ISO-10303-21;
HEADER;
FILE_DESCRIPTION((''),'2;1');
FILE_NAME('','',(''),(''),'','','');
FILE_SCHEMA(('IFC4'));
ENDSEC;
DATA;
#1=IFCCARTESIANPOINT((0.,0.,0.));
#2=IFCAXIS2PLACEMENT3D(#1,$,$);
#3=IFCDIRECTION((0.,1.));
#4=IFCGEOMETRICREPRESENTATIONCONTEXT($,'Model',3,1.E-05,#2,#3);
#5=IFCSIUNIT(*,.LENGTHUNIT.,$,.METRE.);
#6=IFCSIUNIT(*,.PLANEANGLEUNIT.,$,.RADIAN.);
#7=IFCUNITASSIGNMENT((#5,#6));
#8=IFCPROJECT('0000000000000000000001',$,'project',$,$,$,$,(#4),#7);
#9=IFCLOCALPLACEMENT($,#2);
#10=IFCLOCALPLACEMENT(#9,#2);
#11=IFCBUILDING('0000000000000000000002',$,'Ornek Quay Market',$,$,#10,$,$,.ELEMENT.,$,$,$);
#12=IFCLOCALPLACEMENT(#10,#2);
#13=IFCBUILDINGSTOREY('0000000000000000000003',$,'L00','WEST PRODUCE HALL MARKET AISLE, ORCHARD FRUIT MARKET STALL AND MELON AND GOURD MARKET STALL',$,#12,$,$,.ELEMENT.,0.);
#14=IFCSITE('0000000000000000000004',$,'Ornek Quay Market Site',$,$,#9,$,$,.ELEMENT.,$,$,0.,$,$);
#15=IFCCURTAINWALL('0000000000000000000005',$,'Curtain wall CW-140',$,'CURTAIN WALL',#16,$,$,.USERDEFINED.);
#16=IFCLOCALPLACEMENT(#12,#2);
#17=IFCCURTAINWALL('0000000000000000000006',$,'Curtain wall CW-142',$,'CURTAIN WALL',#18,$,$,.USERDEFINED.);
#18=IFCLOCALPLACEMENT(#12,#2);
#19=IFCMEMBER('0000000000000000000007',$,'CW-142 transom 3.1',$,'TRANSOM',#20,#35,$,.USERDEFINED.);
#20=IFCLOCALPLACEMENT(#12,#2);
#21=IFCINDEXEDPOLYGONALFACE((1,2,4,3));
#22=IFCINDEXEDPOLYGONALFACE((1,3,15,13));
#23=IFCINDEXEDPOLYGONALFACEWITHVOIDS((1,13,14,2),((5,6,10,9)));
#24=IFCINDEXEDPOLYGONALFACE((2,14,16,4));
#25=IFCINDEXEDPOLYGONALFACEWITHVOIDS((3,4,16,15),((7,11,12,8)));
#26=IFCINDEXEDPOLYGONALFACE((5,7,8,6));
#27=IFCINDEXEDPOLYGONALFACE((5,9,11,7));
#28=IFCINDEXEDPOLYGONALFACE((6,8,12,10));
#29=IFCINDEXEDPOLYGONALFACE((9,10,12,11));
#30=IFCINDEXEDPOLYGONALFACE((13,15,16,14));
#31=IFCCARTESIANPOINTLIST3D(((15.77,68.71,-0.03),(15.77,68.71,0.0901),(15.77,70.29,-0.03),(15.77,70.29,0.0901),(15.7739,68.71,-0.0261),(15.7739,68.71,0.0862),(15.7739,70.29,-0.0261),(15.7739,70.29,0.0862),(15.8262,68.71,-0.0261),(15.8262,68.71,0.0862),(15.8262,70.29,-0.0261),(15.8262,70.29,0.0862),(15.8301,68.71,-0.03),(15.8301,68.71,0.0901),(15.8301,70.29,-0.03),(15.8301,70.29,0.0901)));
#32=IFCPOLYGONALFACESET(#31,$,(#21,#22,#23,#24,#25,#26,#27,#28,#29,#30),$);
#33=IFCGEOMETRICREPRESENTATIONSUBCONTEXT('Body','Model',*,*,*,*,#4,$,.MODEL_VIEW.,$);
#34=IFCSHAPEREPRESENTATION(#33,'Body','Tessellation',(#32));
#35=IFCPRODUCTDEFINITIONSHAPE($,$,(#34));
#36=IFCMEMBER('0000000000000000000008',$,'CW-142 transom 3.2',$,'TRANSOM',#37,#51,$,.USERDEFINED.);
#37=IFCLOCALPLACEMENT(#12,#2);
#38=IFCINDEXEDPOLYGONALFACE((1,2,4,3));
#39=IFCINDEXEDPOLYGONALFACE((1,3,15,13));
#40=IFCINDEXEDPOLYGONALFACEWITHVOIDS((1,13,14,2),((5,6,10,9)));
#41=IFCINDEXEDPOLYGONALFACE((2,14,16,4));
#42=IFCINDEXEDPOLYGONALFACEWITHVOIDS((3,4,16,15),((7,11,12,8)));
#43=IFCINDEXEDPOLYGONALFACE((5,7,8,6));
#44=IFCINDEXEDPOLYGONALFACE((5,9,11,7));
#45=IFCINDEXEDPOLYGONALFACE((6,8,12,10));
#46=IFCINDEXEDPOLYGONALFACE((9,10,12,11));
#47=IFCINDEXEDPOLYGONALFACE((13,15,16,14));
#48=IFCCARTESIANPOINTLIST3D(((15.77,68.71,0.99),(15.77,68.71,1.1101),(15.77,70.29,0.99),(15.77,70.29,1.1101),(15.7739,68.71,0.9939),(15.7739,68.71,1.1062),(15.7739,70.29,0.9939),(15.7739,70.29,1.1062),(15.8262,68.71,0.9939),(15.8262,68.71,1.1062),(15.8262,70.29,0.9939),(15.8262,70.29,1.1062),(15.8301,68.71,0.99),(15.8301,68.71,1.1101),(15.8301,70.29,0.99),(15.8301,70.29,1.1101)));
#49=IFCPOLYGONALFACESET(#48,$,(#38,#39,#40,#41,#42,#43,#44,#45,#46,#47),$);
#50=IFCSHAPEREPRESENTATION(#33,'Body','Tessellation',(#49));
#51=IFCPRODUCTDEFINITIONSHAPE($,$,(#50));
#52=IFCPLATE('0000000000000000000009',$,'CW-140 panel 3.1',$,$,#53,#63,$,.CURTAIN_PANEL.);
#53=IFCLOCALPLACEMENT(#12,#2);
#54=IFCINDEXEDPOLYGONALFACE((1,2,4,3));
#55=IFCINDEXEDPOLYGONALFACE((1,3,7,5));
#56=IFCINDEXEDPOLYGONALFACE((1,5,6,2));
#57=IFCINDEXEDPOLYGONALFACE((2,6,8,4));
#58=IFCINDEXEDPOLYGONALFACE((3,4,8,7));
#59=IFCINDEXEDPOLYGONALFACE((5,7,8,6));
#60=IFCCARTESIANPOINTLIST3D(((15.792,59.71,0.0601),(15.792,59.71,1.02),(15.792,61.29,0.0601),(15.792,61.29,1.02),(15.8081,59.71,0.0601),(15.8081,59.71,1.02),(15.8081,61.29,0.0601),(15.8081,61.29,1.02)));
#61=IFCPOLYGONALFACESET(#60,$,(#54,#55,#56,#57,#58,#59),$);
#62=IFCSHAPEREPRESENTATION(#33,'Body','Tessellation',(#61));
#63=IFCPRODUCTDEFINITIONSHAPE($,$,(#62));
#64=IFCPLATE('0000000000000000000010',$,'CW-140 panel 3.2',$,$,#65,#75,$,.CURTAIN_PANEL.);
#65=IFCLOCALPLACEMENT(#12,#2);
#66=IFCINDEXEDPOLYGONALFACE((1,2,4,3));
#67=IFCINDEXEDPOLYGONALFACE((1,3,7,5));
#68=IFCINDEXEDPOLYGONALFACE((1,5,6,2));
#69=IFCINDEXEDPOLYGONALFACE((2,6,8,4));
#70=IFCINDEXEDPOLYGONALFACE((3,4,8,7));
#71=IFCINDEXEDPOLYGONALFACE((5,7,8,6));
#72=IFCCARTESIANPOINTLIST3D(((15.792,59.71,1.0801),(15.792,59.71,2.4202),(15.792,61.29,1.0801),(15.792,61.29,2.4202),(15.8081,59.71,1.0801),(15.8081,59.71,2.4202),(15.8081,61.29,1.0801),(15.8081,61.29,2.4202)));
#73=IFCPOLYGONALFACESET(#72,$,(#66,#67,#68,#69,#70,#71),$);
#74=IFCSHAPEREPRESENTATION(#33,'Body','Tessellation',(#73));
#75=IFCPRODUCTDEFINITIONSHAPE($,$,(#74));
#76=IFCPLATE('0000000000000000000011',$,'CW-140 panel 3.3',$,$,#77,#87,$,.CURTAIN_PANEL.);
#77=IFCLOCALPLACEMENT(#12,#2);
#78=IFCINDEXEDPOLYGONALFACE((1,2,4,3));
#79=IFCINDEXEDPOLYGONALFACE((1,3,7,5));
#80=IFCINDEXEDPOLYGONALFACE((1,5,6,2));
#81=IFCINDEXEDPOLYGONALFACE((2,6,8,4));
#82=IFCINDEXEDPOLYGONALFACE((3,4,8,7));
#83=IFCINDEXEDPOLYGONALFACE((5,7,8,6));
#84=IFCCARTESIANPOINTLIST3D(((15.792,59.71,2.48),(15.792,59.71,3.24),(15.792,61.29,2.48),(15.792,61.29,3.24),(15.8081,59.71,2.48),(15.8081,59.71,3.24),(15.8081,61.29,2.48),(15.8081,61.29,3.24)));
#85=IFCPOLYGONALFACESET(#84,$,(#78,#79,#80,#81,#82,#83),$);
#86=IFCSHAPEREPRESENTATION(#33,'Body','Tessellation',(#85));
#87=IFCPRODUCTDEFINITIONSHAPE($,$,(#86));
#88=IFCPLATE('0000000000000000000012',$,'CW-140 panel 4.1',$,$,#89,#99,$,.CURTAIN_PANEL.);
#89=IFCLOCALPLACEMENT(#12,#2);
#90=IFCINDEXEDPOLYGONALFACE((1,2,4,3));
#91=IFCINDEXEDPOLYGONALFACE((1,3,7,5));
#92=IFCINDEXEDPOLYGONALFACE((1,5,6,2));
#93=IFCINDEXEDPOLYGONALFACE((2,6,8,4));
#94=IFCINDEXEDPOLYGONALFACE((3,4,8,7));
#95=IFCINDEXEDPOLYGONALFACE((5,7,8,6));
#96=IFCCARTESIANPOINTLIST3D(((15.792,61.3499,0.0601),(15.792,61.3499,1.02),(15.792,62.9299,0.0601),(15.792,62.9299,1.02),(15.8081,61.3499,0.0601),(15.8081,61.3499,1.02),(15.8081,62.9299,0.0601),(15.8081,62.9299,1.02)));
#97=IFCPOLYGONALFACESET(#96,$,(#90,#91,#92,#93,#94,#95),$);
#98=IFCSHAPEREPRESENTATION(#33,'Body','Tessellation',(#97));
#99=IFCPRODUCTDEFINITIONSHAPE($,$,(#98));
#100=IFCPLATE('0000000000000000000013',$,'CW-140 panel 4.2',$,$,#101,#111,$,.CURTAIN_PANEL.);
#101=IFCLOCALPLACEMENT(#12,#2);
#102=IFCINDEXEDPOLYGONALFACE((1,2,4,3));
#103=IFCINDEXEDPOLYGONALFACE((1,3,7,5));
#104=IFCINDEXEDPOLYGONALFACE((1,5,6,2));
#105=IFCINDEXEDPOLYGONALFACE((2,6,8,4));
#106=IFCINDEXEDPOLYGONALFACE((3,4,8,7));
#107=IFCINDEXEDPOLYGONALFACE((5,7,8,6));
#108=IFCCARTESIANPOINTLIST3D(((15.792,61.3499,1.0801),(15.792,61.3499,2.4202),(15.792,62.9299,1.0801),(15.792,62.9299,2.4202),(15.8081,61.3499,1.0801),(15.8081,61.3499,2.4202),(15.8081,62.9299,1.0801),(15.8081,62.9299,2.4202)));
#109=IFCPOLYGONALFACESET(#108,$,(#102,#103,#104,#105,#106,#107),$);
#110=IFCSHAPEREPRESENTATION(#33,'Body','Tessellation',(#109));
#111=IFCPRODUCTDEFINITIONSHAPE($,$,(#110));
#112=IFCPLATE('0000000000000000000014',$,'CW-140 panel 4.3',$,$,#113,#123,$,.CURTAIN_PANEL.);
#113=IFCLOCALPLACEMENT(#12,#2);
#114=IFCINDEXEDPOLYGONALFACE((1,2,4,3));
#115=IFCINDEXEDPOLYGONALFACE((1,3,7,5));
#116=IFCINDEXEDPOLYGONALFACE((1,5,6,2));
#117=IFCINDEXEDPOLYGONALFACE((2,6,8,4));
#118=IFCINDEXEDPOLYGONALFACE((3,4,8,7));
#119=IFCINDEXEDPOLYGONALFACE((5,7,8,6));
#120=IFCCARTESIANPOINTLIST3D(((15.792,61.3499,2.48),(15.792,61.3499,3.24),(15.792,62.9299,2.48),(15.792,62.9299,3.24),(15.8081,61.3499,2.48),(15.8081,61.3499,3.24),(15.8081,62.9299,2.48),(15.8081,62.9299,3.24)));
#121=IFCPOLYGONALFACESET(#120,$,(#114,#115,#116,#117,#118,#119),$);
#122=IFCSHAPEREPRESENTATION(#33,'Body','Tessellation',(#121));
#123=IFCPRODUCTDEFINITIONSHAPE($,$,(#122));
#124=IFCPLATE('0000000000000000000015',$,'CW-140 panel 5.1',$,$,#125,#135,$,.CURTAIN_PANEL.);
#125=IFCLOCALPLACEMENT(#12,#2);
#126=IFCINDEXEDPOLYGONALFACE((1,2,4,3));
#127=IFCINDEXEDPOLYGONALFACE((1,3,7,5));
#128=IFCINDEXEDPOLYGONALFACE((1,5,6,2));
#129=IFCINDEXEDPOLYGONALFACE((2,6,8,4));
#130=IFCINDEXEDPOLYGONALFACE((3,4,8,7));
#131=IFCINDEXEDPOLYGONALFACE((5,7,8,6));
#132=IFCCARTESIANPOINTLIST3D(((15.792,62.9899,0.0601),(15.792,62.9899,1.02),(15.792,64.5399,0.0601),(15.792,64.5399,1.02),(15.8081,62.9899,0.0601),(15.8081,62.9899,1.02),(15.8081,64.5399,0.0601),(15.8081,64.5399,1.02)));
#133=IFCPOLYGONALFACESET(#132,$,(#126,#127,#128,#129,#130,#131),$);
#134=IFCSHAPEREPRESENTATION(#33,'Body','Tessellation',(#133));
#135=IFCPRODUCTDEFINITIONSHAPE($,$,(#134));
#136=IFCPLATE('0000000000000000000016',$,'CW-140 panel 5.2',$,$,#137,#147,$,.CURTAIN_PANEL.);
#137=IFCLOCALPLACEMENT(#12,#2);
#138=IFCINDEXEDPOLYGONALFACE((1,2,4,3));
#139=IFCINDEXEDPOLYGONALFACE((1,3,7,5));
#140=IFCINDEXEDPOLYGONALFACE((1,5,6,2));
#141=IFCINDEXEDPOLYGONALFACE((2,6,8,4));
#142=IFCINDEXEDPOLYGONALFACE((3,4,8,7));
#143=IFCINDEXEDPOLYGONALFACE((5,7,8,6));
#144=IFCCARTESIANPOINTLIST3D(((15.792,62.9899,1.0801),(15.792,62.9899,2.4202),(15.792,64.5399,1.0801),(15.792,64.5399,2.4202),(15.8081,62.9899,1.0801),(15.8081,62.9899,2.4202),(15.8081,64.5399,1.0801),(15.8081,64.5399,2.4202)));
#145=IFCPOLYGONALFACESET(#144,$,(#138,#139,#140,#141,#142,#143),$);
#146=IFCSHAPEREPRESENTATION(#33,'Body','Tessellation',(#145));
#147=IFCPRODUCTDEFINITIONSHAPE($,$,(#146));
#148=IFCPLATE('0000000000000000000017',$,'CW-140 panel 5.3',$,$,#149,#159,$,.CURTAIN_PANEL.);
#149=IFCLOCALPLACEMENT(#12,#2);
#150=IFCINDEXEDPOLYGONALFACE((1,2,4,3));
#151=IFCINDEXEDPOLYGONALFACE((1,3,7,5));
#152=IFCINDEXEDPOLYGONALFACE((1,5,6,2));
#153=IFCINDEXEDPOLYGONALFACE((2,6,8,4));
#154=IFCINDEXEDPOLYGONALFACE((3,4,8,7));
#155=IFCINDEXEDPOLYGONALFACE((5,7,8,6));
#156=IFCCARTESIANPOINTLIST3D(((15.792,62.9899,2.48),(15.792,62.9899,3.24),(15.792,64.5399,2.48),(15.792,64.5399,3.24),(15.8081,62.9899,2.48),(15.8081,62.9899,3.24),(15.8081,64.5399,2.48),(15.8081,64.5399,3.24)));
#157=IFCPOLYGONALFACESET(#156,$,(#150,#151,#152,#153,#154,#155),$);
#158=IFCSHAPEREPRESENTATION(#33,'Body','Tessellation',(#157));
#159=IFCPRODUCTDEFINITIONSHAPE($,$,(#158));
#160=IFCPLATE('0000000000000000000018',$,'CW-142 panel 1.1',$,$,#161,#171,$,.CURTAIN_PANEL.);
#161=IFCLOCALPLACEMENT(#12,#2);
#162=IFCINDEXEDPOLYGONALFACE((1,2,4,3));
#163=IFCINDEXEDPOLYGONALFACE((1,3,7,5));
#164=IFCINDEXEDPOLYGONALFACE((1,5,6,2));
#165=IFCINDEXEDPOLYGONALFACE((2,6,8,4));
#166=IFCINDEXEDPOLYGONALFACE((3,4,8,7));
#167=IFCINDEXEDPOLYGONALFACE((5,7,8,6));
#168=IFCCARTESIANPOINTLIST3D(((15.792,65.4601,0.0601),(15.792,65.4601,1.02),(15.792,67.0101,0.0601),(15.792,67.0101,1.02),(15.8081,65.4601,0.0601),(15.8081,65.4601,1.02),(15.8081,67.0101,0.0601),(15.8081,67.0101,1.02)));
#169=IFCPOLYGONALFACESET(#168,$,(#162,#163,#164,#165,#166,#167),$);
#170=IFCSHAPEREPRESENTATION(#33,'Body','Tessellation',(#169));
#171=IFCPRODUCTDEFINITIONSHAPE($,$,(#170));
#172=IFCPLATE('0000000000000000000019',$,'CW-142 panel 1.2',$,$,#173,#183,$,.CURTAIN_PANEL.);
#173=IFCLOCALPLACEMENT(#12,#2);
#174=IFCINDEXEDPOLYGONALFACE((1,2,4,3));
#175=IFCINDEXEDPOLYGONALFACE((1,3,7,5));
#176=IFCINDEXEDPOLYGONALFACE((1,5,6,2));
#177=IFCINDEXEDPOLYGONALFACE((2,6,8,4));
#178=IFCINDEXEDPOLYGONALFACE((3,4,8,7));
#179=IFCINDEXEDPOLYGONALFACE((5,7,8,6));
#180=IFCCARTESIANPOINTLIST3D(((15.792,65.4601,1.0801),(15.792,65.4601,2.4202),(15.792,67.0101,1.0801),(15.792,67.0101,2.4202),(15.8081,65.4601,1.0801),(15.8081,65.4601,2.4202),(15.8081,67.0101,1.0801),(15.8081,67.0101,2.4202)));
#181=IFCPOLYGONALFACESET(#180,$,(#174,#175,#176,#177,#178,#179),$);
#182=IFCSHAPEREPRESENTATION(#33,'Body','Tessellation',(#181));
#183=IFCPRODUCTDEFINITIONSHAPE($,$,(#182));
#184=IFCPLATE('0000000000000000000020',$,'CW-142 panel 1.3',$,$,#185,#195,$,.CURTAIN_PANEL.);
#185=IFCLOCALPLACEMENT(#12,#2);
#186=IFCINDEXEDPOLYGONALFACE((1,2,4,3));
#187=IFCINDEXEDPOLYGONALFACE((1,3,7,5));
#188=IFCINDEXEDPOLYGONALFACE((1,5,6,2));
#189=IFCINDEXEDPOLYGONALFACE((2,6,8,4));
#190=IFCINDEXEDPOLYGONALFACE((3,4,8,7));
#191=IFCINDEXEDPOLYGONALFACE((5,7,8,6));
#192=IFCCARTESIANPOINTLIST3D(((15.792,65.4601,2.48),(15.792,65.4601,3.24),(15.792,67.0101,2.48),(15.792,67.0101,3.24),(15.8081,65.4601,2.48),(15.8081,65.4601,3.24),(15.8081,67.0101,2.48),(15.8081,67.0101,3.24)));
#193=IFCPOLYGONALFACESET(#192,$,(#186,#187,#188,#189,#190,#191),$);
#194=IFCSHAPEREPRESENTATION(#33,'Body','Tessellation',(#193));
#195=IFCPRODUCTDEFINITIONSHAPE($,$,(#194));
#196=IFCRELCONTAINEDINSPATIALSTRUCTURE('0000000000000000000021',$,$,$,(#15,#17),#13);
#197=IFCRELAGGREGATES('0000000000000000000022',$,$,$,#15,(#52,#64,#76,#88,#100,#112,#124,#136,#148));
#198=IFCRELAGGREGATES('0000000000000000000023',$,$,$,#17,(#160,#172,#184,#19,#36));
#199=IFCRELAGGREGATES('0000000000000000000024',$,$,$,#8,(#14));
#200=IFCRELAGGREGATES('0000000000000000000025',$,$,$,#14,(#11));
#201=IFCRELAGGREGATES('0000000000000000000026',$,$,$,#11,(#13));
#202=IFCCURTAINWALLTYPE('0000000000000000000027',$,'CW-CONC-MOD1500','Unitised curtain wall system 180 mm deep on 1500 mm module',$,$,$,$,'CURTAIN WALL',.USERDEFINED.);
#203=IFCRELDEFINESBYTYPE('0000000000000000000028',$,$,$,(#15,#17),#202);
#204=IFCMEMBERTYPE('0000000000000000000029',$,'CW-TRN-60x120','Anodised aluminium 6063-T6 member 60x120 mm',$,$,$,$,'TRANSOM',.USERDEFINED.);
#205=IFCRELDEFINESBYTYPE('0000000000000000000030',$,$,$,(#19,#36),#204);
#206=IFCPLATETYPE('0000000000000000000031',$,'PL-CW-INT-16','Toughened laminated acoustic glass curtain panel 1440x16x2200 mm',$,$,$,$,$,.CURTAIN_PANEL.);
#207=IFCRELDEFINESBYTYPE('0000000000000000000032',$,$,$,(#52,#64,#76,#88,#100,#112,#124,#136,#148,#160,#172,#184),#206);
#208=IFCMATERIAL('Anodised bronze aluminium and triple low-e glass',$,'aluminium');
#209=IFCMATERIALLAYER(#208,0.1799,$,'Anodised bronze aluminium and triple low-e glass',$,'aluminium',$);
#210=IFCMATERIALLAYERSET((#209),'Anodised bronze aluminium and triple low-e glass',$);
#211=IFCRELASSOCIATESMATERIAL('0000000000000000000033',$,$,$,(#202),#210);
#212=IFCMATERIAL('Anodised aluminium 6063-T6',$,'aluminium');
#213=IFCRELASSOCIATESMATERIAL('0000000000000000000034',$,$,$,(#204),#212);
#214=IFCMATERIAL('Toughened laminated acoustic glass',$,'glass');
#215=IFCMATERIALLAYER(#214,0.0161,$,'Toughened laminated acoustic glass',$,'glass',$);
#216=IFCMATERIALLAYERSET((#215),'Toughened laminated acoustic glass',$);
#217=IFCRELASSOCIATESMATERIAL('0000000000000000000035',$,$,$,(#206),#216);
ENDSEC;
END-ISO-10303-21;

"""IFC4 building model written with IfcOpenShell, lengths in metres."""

from ifc_helpers import new_model, si_unit, direction, frame, origin, origin_2d, place, context, subcontext, project, spatial, rectangle, hollow_rectangle, extrude, material, layer, layer_set, material_profile, profile_set, type_object, element, aggregate, save


model = new_model("IFC4")

# Units and contexts
model_context = context("Model", 3, precision=1e-05, world=origin(), true_north=direction((0.0, 1.0)))
body_context = subcontext(model_context, "Body", "Model", "MODEL_VIEW")
ifc_project = project(units=[si_unit("LENGTHUNIT", "METRE"), si_unit("PLANEANGLEUNIT", "RADIAN")], contexts=[model_context])

# Site, building, storey
site_placement = place(None, origin())
site = spatial("IfcSite", under=ifc_project, at=site_placement, Name="Ornek Quay Market Site", CompositionType="ELEMENT", RefElevation=0.0)
building_placement = place(site_placement, origin())
building = spatial("IfcBuilding", under=site, at=building_placement, Name="Ornek Quay Market", CompositionType="ELEMENT")
storey_placement = place(building_placement, origin())
storey = spatial("IfcBuildingStorey", under=building, at=storey_placement, Name="L00", Description="WEST PRODUCE HALL MARKET AISLE, ORCHARD FRUIT MARKET STALL AND MELON AND GOURD MARKET STALL", CompositionType="ELEMENT", Elevation=0.0)

# Curtain walls
ifc_material_1 = material(Name="Anodised bronze aluminium and triple low-e glass", Category="aluminium")
ifc_layer_1 = layer(ifc_material_1, 0.1799, Name="Anodised bronze aluminium and triple low-e glass", Category="aluminium")
ifc_layer_set_1 = layer_set([ifc_layer_1], Name="Anodised bronze aluminium and triple low-e glass")
curtain_wall_type = type_object("IfcCurtainWallType", Name="CW-CONC-MOD1500", Description="Unitised curtain wall system 180 mm deep on 1500 mm module", ElementType="CURTAIN WALL", PredefinedType="USERDEFINED", material=ifc_layer_set_1)
curtain_wall_1_placement = place(storey_placement, origin())
curtain_wall_1 = element("IfcCurtainWall", 1, at=curtain_wall_1_placement, inside=storey, type_object=curtain_wall_type, Name="Curtain wall CW-140", ObjectType="CURTAIN WALL", PredefinedType="USERDEFINED")
ifc_material_2 = material(Name="Anodised aluminium 6063-T6", Category="aluminium")
curtain_wall_2_placement = place(storey_placement, origin())
curtain_wall_2 = element("IfcCurtainWall", 2, at=curtain_wall_2_placement, inside=storey, type_object=curtain_wall_type, Name="Curtain wall CW-142", ObjectType="CURTAIN WALL", PredefinedType="USERDEFINED")

# Members
ifc_material_profile_1 = material_profile(ifc_material_2, hollow_rectangle(XDim=0.0601, YDim=0.1201, WallThickness=0.0039, at=origin_2d()), Name="CW-TRN-60x120", Category="aluminium")
ifc_profile_set_1 = profile_set([ifc_material_profile_1], Name="Anodised aluminium 6063-T6")
member_type_1 = type_object("IfcMemberType", Name="CW-TRN-60x120", Description="Anodised aluminium 6063-T6 member 60x120 mm", ElementType="TRANSOM", PredefinedType="USERDEFINED", material=ifc_profile_set_1)
member_1_placement = place(storey_placement, frame((15.8, 68.71, 0.03), z_axis=(0.0, 1.0, 0.0), x_axis=(-1.0, 0.0, 0.0)))
member_1 = element("IfcMember", 3, at=member_1_placement, type_object=member_type_1, Name="CW-142 transom 3.1", ObjectType="TRANSOM", PredefinedType="USERDEFINED", context=body_context, shape_type="SweptSolid", body=[
    extrude(hollow_rectangle(XDim=0.0601, YDim=0.1201, WallThickness=0.0039, at=origin_2d()), origin(), (0.0, 0.0, 1.0), 1.5801),
])
member_2_placement = place(storey_placement, frame((15.8, 68.71, 1.05), z_axis=(0.0, 1.0, 0.0), x_axis=(-1.0, 0.0, 0.0)))
member_2 = element("IfcMember", 4, at=member_2_placement, type_object=member_type_1, Name="CW-142 transom 3.2", ObjectType="TRANSOM", PredefinedType="USERDEFINED", context=body_context, shape_type="SweptSolid", body=[
    extrude(hollow_rectangle(XDim=0.0601, YDim=0.1201, WallThickness=0.0039, at=origin_2d()), origin(), (0.0, 0.0, 1.0), 1.5801),
])

# Plates
ifc_material_3 = material(Name="Toughened laminated acoustic glass", Category="glass")
ifc_layer_2 = layer(ifc_material_3, 0.0161, Name="Toughened laminated acoustic glass", Category="glass")
ifc_layer_set_2 = layer_set([ifc_layer_2], Name="Toughened laminated acoustic glass")
plate_type = type_object("IfcPlateType", Name="PL-CW-INT-16", Description="Toughened laminated acoustic glass curtain panel 1440x16x2200 mm", PredefinedType="CURTAIN_PANEL", material=ifc_layer_set_2)
plate_1_placement = place(storey_placement, frame((15.8, 60.5, 0.0601), z_axis=(0.0, 0.0, 1.0), x_axis=(0.0, 1.0, 0.0)))
plate_1 = element("IfcPlate", 5, at=plate_1_placement, type_object=plate_type, Name="CW-140 panel 3.1", PredefinedType="CURTAIN_PANEL", context=body_context, shape_type="SweptSolid", body=[
    extrude(rectangle(XDim=1.5801, YDim=0.0161, at=origin_2d()), origin(), (0.0, 0.0, 1.0), 0.96),
])
plate_2_placement = place(storey_placement, frame((15.8, 60.5, 1.0801), z_axis=(0.0, 0.0, 1.0), x_axis=(0.0, 1.0, 0.0)))
plate_2 = element("IfcPlate", 6, at=plate_2_placement, type_object=plate_type, Name="CW-140 panel 3.2", PredefinedType="CURTAIN_PANEL", context=body_context, shape_type="SweptSolid", body=[
    extrude(rectangle(XDim=1.5801, YDim=0.0161, at=origin_2d()), origin(), (0.0, 0.0, 1.0), 1.3401),
])
plate_3_placement = place(storey_placement, frame((15.8, 60.5, 2.48), z_axis=(0.0, 0.0, 1.0), x_axis=(0.0, 1.0, 0.0)))
plate_3 = element("IfcPlate", 7, at=plate_3_placement, type_object=plate_type, Name="CW-140 panel 3.3", PredefinedType="CURTAIN_PANEL", context=body_context, shape_type="SweptSolid", body=[
    extrude(rectangle(XDim=1.5801, YDim=0.0161, at=origin_2d()), origin(), (0.0, 0.0, 1.0), 0.76),
])
plate_4_placement = place(storey_placement, frame((15.8, 62.1399, 0.0601), z_axis=(0.0, 0.0, 1.0), x_axis=(0.0, 1.0, 0.0)))
plate_4 = element("IfcPlate", 8, at=plate_4_placement, type_object=plate_type, Name="CW-140 panel 4.1", PredefinedType="CURTAIN_PANEL", context=body_context, shape_type="SweptSolid", body=[
    extrude(rectangle(XDim=1.5801, YDim=0.0161, at=origin_2d()), origin(), (0.0, 0.0, 1.0), 0.96),
])
plate_5_placement = place(storey_placement, frame((15.8, 62.1399, 1.0801), z_axis=(0.0, 0.0, 1.0), x_axis=(0.0, 1.0, 0.0)))
plate_5 = element("IfcPlate", 9, at=plate_5_placement, type_object=plate_type, Name="CW-140 panel 4.2", PredefinedType="CURTAIN_PANEL", context=body_context, shape_type="SweptSolid", body=[
    extrude(rectangle(XDim=1.5801, YDim=0.0161, at=origin_2d()), origin(), (0.0, 0.0, 1.0), 1.3401),
])
plate_6_placement = place(storey_placement, frame((15.8, 62.1399, 2.48), z_axis=(0.0, 0.0, 1.0), x_axis=(0.0, 1.0, 0.0)))
plate_6 = element("IfcPlate", 10, at=plate_6_placement, type_object=plate_type, Name="CW-140 panel 4.3", PredefinedType="CURTAIN_PANEL", context=body_context, shape_type="SweptSolid", body=[
    extrude(rectangle(XDim=1.5801, YDim=0.0161, at=origin_2d()), origin(), (0.0, 0.0, 1.0), 0.76),
])
plate_7_placement = place(storey_placement, frame((15.8, 63.7649, 0.0601), z_axis=(0.0, 0.0, 1.0), x_axis=(0.0, 1.0, 0.0)))
plate_7 = element("IfcPlate", 11, at=plate_7_placement, type_object=plate_type, Name="CW-140 panel 5.1", PredefinedType="CURTAIN_PANEL", context=body_context, shape_type="SweptSolid", body=[
    extrude(rectangle(XDim=1.55, YDim=0.0161, at=origin_2d()), origin(), (0.0, 0.0, 1.0), 0.96),
])
plate_8_placement = place(storey_placement, frame((15.8, 63.7649, 1.0801), z_axis=(0.0, 0.0, 1.0), x_axis=(0.0, 1.0, 0.0)))
plate_8 = element("IfcPlate", 12, at=plate_8_placement, type_object=plate_type, Name="CW-140 panel 5.2", PredefinedType="CURTAIN_PANEL", context=body_context, shape_type="SweptSolid", body=[
    extrude(rectangle(XDim=1.55, YDim=0.0161, at=origin_2d()), origin(), (0.0, 0.0, 1.0), 1.3401),
])
plate_9_placement = place(storey_placement, frame((15.8, 63.7649, 2.48), z_axis=(0.0, 0.0, 1.0), x_axis=(0.0, 1.0, 0.0)))
plate_9 = element("IfcPlate", 13, at=plate_9_placement, type_object=plate_type, Name="CW-140 panel 5.3", PredefinedType="CURTAIN_PANEL", context=body_context, shape_type="SweptSolid", body=[
    extrude(rectangle(XDim=1.55, YDim=0.0161, at=origin_2d()), origin(), (0.0, 0.0, 1.0), 0.76),
])
aggregate(curtain_wall_1, [plate_1, plate_2, plate_3, plate_4, plate_5, plate_6, plate_7, plate_8, plate_9])
plate_10_placement = place(storey_placement, frame((15.8, 66.2351, 0.0601), z_axis=(0.0, 0.0, 1.0), x_axis=(0.0, 1.0, 0.0)))
plate_10 = element("IfcPlate", 14, at=plate_10_placement, type_object=plate_type, Name="CW-142 panel 1.1", PredefinedType="CURTAIN_PANEL", context=body_context, shape_type="SweptSolid", body=[
    extrude(rectangle(XDim=1.55, YDim=0.0161, at=origin_2d()), origin(), (0.0, 0.0, 1.0), 0.96),
])
plate_11_placement = place(storey_placement, frame((15.8, 66.2351, 1.0801), z_axis=(0.0, 0.0, 1.0), x_axis=(0.0, 1.0, 0.0)))
plate_11 = element("IfcPlate", 15, at=plate_11_placement, type_object=plate_type, Name="CW-142 panel 1.2", PredefinedType="CURTAIN_PANEL", context=body_context, shape_type="SweptSolid", body=[
    extrude(rectangle(XDim=1.55, YDim=0.0161, at=origin_2d()), origin(), (0.0, 0.0, 1.0), 1.3401),
])
plate_12_placement = place(storey_placement, frame((15.8, 66.2351, 2.48), z_axis=(0.0, 0.0, 1.0), x_axis=(0.0, 1.0, 0.0)))
plate_12 = element("IfcPlate", 16, at=plate_12_placement, type_object=plate_type, Name="CW-142 panel 1.3", PredefinedType="CURTAIN_PANEL", context=body_context, shape_type="SweptSolid", body=[
    extrude(rectangle(XDim=1.55, YDim=0.0161, at=origin_2d()), origin(), (0.0, 0.0, 1.0), 0.76),
])
aggregate(curtain_wall_2, [plate_10, plate_11, plate_12, member_1, member_2])

save(model, "model.ifc")
